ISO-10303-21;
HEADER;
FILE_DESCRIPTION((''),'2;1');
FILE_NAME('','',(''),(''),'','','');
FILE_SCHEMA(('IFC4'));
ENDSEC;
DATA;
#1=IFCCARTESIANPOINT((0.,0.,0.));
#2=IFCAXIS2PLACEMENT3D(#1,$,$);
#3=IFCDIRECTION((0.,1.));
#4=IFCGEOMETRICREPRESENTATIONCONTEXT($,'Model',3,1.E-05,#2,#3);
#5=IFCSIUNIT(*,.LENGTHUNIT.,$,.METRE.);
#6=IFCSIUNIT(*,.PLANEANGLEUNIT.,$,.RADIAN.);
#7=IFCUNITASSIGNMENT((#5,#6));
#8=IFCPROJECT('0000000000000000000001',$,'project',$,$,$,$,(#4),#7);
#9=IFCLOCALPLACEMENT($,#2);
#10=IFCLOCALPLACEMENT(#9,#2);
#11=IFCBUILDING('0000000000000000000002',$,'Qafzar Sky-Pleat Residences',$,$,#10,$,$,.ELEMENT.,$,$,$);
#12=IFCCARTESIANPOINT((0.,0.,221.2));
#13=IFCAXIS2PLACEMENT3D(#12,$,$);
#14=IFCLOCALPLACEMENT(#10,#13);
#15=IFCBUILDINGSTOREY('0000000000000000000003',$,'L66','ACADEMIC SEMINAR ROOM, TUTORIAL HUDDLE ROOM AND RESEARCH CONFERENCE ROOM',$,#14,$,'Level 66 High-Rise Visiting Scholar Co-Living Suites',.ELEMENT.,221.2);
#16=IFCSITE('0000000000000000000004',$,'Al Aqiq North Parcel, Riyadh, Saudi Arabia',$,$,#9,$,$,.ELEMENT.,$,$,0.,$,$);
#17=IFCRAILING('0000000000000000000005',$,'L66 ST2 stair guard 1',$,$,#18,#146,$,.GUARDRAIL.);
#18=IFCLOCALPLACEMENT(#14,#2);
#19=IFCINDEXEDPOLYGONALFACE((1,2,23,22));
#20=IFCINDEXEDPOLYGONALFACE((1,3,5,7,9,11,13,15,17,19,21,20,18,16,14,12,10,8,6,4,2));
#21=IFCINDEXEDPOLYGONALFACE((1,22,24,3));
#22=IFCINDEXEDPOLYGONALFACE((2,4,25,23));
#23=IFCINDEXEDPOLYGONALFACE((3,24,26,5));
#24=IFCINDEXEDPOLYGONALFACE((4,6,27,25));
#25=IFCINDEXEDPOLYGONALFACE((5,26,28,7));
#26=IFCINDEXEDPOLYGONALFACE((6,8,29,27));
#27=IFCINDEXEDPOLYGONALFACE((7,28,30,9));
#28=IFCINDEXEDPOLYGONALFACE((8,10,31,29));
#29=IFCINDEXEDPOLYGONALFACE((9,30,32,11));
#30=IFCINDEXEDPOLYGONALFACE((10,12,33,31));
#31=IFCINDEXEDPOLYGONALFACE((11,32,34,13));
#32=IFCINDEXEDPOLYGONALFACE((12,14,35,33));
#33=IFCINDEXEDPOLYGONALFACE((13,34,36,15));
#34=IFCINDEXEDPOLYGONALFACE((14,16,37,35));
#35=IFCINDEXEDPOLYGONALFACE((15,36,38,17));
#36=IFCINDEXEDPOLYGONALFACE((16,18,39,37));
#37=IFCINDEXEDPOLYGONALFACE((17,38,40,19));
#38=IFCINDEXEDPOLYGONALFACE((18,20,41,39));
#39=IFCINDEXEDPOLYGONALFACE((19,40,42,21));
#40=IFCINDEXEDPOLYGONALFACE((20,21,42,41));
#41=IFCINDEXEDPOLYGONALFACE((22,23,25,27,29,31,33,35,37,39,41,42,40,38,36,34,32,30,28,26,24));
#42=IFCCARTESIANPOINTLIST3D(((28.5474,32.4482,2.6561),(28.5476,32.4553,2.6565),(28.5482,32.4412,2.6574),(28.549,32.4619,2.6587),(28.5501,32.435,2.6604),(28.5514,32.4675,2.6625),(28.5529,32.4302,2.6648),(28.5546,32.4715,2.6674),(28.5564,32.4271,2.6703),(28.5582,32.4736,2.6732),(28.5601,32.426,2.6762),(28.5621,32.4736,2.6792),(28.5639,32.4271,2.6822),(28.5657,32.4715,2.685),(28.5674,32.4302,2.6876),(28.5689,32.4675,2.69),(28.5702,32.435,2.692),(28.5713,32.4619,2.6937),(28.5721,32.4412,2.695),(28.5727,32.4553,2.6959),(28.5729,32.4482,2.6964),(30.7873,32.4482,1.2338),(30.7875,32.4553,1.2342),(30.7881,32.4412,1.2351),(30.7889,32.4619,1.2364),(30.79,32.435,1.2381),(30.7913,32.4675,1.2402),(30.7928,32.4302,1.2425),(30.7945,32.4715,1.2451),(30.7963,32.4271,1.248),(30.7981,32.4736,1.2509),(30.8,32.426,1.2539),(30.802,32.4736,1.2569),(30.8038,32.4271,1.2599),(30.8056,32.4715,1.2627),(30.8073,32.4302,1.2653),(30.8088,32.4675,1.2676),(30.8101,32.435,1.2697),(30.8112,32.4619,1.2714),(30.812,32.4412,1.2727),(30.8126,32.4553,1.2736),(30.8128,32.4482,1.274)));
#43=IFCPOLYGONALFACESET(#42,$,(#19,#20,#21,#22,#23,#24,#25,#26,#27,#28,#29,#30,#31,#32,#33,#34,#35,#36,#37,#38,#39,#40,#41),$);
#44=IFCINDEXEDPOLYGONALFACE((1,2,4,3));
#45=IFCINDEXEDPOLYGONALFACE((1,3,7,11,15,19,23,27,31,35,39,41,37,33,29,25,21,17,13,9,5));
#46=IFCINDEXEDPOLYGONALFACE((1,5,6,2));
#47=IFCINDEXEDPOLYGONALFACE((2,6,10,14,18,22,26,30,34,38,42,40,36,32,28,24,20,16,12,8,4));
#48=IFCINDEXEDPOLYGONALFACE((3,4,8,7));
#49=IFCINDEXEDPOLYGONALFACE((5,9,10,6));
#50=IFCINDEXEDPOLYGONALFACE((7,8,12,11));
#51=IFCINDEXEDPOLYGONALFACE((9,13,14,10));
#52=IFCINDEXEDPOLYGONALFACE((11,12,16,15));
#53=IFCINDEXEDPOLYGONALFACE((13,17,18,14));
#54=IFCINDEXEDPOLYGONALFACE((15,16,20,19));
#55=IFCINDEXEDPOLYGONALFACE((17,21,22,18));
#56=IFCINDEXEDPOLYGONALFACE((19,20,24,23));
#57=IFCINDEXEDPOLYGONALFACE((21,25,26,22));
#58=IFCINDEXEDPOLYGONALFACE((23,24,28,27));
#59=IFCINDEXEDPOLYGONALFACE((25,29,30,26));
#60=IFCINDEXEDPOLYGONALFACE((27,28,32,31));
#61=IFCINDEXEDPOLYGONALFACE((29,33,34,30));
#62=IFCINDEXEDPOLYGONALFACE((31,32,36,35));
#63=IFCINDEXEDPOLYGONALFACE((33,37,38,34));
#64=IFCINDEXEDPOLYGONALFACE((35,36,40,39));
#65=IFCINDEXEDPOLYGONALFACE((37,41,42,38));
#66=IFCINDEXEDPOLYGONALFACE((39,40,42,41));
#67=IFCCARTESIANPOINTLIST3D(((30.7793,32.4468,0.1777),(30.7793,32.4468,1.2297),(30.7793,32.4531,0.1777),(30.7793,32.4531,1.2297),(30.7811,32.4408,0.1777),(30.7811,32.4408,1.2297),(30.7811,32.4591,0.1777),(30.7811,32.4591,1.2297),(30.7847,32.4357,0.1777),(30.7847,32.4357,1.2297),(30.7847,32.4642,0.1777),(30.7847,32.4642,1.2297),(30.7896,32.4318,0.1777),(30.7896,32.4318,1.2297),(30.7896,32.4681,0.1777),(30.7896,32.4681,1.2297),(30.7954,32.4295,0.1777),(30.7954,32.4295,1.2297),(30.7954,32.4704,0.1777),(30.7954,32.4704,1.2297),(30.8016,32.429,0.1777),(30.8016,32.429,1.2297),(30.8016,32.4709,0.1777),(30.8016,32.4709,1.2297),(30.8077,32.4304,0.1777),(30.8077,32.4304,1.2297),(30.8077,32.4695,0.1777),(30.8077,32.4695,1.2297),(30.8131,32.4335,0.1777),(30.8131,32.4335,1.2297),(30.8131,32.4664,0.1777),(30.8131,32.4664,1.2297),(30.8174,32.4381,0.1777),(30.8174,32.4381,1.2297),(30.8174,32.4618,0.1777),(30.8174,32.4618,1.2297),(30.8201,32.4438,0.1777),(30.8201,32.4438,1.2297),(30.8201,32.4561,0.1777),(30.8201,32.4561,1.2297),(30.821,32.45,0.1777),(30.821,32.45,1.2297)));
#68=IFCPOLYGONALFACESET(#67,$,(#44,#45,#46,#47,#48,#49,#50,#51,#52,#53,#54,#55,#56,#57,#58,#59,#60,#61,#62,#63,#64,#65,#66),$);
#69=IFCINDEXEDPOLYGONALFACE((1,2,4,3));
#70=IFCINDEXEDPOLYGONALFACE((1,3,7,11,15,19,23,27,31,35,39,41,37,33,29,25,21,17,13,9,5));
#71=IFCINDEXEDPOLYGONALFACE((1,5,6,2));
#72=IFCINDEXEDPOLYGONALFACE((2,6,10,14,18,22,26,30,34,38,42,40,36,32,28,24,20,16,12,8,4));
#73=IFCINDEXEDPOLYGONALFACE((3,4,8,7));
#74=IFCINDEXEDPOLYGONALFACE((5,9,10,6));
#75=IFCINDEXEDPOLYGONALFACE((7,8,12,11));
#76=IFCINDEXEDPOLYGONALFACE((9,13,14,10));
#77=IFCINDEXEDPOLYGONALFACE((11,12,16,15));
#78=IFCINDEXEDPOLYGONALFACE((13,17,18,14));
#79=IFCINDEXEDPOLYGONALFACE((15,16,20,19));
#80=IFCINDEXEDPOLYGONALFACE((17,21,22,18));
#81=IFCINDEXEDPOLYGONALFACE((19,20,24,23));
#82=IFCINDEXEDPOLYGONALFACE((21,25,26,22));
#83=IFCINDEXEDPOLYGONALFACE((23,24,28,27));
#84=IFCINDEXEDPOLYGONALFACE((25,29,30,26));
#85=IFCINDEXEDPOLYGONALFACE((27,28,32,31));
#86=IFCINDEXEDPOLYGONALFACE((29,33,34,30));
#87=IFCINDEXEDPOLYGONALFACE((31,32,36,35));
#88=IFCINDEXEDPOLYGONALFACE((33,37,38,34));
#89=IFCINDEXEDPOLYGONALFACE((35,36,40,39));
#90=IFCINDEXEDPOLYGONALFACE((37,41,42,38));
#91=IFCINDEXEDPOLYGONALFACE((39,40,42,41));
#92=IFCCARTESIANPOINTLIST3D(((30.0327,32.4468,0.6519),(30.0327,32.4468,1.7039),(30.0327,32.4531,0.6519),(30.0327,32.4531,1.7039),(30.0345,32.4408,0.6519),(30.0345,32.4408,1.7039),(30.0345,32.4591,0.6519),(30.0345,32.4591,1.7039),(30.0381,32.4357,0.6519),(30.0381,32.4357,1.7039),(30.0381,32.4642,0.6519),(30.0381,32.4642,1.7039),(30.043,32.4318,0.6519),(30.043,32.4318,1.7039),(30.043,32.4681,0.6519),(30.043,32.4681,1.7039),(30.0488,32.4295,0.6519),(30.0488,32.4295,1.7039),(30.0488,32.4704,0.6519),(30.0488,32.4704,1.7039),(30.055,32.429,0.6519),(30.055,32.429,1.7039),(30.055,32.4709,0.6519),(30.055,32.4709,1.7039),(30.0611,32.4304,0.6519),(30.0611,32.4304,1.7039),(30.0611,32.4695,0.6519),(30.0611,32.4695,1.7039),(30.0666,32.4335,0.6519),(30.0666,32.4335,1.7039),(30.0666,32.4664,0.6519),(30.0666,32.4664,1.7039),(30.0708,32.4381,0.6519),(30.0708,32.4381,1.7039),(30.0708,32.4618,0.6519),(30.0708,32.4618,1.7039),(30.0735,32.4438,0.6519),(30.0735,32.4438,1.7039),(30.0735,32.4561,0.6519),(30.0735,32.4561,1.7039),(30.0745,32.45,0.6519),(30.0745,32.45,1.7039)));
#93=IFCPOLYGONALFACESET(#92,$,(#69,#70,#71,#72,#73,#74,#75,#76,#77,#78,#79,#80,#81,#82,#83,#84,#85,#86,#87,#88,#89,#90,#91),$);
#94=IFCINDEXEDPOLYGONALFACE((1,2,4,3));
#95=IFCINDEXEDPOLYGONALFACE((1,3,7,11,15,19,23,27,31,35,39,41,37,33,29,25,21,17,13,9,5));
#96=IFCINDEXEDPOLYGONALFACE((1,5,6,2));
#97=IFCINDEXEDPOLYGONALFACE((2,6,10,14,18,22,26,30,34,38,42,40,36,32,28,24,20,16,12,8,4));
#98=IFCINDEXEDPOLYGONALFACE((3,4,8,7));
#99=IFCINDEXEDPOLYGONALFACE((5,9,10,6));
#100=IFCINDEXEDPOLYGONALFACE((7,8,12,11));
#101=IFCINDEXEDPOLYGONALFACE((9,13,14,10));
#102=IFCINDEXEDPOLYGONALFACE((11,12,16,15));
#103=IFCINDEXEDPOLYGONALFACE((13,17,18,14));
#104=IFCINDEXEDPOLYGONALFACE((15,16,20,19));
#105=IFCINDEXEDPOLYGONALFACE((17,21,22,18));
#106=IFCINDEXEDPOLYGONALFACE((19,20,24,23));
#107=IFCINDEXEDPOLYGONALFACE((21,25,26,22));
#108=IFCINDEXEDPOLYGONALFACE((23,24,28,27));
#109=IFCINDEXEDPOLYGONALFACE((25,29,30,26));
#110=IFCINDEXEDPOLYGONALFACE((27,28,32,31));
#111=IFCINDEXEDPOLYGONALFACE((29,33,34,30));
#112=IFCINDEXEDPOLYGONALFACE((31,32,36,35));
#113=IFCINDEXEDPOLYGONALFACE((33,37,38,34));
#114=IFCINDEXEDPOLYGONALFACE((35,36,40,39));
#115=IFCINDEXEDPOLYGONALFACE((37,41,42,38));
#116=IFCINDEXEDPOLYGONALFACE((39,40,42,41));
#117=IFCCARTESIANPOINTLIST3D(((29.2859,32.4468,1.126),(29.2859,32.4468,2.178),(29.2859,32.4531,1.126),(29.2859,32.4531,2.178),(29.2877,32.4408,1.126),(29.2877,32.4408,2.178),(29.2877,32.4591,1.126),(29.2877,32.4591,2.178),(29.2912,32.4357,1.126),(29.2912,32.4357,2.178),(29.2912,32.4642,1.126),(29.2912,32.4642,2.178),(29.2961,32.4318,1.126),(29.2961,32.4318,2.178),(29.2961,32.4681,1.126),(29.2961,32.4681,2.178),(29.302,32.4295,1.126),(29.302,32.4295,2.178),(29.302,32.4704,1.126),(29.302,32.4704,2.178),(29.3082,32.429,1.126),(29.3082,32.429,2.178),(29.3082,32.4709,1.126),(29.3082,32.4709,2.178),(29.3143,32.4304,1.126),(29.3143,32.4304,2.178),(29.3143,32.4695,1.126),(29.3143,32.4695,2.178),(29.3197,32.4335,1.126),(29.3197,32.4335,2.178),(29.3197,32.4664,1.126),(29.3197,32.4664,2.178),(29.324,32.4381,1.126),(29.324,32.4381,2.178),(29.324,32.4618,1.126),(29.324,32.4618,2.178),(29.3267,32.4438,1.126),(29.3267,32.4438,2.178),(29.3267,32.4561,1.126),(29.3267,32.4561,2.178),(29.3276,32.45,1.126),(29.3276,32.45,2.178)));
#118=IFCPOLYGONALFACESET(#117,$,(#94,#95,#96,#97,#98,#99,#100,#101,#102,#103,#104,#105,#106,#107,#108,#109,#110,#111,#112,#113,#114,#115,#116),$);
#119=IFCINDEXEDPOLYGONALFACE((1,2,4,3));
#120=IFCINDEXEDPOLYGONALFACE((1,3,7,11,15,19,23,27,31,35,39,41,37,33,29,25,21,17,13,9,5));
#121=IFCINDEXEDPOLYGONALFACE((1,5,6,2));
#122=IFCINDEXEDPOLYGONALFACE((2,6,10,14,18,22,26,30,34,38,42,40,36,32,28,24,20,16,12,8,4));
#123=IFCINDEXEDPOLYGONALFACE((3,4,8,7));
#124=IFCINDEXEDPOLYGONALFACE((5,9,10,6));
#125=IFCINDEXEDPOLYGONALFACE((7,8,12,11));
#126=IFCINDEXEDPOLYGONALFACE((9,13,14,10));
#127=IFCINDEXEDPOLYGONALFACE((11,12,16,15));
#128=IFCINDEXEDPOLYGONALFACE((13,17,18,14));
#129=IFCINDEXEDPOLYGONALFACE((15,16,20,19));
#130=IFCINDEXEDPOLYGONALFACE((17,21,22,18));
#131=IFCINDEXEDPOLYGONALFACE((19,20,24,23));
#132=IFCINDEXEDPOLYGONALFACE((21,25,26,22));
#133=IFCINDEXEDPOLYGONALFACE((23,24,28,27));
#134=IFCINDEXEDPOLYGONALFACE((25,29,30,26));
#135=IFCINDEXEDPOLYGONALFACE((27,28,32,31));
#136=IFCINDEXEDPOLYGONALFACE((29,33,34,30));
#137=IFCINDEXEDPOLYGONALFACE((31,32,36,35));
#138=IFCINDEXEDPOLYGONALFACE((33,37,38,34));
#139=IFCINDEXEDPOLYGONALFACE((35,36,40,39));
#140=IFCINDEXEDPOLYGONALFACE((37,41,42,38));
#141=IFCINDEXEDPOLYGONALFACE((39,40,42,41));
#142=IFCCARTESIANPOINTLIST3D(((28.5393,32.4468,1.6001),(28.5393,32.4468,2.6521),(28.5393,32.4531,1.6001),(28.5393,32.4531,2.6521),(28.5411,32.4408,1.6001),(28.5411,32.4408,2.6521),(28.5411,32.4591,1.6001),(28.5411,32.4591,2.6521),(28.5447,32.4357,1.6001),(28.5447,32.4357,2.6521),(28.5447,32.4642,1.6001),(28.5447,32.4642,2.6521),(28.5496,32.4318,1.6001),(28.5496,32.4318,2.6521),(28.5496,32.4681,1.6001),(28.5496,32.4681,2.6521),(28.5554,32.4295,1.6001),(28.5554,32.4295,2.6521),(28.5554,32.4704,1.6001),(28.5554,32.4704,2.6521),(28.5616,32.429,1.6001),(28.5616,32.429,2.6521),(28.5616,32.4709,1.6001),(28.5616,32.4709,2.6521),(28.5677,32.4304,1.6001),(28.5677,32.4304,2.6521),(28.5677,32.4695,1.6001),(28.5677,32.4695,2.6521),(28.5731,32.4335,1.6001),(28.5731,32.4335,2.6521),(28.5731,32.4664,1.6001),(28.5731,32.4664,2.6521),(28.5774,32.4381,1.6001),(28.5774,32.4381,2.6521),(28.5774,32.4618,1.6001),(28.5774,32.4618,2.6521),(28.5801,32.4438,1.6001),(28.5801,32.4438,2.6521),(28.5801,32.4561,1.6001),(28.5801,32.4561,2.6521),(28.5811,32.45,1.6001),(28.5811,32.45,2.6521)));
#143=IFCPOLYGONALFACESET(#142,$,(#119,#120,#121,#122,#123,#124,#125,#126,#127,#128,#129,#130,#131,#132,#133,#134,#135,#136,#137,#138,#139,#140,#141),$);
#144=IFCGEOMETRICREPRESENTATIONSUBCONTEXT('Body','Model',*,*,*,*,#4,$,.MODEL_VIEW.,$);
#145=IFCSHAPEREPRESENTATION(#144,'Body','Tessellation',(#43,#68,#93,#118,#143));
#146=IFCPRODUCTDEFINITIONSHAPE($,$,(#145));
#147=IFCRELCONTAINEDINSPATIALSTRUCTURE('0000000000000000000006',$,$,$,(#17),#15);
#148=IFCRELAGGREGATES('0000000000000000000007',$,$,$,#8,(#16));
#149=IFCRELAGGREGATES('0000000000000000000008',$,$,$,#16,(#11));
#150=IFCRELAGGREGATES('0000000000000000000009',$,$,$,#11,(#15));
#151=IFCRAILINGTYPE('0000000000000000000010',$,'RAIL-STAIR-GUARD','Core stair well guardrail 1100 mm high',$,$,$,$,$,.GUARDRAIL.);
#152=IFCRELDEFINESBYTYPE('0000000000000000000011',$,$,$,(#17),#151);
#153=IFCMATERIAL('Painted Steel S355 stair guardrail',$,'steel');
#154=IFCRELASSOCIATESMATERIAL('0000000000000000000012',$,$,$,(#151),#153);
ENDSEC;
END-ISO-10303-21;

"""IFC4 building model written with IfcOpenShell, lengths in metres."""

from ifc_helpers import new_model, si_unit, direction, frame, origin, origin_2d, place, context, subcontext, project, spatial, circle, extrude, source, transform, mapped, material, type_object, element, save


model = new_model("IFC4")

# Units and contexts
model_context = context("Model", 3, precision=1e-05, world=origin(), true_north=direction((0.0, 1.0)))
body_context = subcontext(model_context, "Body", "Model", "MODEL_VIEW")
ifc_project = project(units=[si_unit("LENGTHUNIT", "METRE"), si_unit("PLANEANGLEUNIT", "RADIAN")], contexts=[model_context])

# Site, building, storey
site_placement = place(None, origin())
site = spatial("IfcSite", under=ifc_project, at=site_placement, Name="Al Aqiq North Parcel, Riyadh, Saudi Arabia", CompositionType="ELEMENT", RefElevation=0.0)
building_placement = place(site_placement, origin())
building = spatial("IfcBuilding", under=site, at=building_placement, Name="Qafzar Sky-Pleat Residences", CompositionType="ELEMENT")
storey_placement = place(building_placement, frame((0.0, 0.0, 221.2)))
storey = spatial("IfcBuildingStorey", under=building, at=storey_placement, Name="L66", Description="ACADEMIC SEMINAR ROOM, TUTORIAL HUDDLE ROOM AND RESEARCH CONFERENCE ROOM", LongName="Level 66 High-Rise Visiting Scholar Co-Living Suites", CompositionType="ELEMENT", Elevation=221.2)

# Railing
ifc_material_1 = material(Name="Painted Steel S355 stair guardrail", Category="steel")
railing_type = type_object("IfcRailingType", Name="RAIL-STAIR-GUARD", Description="Core stair well guardrail 1100 mm high", PredefinedType="GUARDRAIL", material=ifc_material_1)
shared_shape_1 = source(origin(), body_context, "Body", "SweptSolid", [
    extrude(circle(Radius=0.0239, at=origin_2d()), frame((0.0, 0.0, 1.0762), z_axis=(-0.844188, 0.0, 0.536048), x_axis=(0.0, -1.0, 0.0)), (0.0, 0.0, 1.0), 2.6533),
    extrude(circle(Radius=0.021, at=origin_2d()), origin(), (0.0, 0.0, 1.0), 1.052),
    extrude(circle(Radius=0.021, at=origin_2d()), frame((-0.7466, 0.0, 0.4741)), (0.0, 0.0, 1.0), 1.052),
    extrude(circle(Radius=0.021, at=origin_2d()), frame((-1.4934, 0.0, 0.9482)), (0.0, 0.0, 1.0), 1.052),
    extrude(circle(Radius=0.021, at=origin_2d()), frame((-2.24, 0.0, 1.4224)), (0.0, 0.0, 1.0), 1.052),
])
railing_1_placement = place(storey_placement, frame((30.8, 32.45, 0.1777)))
element("IfcRailing", 1, at=railing_1_placement, inside=storey, type_object=railing_type, Name="L66 ST2 stair guard 1", PredefinedType="GUARDRAIL", context=body_context, shape_type="MappedRepresentation", body=[
    mapped(shared_shape_1, transform((0.0, 0.0, 0.0), x_axis=(1.0, 0.0, 0.0), y_axis=(0.0, 1.0, 0.0), z_axis=(0.0, 0.0, 1.0), scale=1.0)),
])

save(model, "model.ifc")
